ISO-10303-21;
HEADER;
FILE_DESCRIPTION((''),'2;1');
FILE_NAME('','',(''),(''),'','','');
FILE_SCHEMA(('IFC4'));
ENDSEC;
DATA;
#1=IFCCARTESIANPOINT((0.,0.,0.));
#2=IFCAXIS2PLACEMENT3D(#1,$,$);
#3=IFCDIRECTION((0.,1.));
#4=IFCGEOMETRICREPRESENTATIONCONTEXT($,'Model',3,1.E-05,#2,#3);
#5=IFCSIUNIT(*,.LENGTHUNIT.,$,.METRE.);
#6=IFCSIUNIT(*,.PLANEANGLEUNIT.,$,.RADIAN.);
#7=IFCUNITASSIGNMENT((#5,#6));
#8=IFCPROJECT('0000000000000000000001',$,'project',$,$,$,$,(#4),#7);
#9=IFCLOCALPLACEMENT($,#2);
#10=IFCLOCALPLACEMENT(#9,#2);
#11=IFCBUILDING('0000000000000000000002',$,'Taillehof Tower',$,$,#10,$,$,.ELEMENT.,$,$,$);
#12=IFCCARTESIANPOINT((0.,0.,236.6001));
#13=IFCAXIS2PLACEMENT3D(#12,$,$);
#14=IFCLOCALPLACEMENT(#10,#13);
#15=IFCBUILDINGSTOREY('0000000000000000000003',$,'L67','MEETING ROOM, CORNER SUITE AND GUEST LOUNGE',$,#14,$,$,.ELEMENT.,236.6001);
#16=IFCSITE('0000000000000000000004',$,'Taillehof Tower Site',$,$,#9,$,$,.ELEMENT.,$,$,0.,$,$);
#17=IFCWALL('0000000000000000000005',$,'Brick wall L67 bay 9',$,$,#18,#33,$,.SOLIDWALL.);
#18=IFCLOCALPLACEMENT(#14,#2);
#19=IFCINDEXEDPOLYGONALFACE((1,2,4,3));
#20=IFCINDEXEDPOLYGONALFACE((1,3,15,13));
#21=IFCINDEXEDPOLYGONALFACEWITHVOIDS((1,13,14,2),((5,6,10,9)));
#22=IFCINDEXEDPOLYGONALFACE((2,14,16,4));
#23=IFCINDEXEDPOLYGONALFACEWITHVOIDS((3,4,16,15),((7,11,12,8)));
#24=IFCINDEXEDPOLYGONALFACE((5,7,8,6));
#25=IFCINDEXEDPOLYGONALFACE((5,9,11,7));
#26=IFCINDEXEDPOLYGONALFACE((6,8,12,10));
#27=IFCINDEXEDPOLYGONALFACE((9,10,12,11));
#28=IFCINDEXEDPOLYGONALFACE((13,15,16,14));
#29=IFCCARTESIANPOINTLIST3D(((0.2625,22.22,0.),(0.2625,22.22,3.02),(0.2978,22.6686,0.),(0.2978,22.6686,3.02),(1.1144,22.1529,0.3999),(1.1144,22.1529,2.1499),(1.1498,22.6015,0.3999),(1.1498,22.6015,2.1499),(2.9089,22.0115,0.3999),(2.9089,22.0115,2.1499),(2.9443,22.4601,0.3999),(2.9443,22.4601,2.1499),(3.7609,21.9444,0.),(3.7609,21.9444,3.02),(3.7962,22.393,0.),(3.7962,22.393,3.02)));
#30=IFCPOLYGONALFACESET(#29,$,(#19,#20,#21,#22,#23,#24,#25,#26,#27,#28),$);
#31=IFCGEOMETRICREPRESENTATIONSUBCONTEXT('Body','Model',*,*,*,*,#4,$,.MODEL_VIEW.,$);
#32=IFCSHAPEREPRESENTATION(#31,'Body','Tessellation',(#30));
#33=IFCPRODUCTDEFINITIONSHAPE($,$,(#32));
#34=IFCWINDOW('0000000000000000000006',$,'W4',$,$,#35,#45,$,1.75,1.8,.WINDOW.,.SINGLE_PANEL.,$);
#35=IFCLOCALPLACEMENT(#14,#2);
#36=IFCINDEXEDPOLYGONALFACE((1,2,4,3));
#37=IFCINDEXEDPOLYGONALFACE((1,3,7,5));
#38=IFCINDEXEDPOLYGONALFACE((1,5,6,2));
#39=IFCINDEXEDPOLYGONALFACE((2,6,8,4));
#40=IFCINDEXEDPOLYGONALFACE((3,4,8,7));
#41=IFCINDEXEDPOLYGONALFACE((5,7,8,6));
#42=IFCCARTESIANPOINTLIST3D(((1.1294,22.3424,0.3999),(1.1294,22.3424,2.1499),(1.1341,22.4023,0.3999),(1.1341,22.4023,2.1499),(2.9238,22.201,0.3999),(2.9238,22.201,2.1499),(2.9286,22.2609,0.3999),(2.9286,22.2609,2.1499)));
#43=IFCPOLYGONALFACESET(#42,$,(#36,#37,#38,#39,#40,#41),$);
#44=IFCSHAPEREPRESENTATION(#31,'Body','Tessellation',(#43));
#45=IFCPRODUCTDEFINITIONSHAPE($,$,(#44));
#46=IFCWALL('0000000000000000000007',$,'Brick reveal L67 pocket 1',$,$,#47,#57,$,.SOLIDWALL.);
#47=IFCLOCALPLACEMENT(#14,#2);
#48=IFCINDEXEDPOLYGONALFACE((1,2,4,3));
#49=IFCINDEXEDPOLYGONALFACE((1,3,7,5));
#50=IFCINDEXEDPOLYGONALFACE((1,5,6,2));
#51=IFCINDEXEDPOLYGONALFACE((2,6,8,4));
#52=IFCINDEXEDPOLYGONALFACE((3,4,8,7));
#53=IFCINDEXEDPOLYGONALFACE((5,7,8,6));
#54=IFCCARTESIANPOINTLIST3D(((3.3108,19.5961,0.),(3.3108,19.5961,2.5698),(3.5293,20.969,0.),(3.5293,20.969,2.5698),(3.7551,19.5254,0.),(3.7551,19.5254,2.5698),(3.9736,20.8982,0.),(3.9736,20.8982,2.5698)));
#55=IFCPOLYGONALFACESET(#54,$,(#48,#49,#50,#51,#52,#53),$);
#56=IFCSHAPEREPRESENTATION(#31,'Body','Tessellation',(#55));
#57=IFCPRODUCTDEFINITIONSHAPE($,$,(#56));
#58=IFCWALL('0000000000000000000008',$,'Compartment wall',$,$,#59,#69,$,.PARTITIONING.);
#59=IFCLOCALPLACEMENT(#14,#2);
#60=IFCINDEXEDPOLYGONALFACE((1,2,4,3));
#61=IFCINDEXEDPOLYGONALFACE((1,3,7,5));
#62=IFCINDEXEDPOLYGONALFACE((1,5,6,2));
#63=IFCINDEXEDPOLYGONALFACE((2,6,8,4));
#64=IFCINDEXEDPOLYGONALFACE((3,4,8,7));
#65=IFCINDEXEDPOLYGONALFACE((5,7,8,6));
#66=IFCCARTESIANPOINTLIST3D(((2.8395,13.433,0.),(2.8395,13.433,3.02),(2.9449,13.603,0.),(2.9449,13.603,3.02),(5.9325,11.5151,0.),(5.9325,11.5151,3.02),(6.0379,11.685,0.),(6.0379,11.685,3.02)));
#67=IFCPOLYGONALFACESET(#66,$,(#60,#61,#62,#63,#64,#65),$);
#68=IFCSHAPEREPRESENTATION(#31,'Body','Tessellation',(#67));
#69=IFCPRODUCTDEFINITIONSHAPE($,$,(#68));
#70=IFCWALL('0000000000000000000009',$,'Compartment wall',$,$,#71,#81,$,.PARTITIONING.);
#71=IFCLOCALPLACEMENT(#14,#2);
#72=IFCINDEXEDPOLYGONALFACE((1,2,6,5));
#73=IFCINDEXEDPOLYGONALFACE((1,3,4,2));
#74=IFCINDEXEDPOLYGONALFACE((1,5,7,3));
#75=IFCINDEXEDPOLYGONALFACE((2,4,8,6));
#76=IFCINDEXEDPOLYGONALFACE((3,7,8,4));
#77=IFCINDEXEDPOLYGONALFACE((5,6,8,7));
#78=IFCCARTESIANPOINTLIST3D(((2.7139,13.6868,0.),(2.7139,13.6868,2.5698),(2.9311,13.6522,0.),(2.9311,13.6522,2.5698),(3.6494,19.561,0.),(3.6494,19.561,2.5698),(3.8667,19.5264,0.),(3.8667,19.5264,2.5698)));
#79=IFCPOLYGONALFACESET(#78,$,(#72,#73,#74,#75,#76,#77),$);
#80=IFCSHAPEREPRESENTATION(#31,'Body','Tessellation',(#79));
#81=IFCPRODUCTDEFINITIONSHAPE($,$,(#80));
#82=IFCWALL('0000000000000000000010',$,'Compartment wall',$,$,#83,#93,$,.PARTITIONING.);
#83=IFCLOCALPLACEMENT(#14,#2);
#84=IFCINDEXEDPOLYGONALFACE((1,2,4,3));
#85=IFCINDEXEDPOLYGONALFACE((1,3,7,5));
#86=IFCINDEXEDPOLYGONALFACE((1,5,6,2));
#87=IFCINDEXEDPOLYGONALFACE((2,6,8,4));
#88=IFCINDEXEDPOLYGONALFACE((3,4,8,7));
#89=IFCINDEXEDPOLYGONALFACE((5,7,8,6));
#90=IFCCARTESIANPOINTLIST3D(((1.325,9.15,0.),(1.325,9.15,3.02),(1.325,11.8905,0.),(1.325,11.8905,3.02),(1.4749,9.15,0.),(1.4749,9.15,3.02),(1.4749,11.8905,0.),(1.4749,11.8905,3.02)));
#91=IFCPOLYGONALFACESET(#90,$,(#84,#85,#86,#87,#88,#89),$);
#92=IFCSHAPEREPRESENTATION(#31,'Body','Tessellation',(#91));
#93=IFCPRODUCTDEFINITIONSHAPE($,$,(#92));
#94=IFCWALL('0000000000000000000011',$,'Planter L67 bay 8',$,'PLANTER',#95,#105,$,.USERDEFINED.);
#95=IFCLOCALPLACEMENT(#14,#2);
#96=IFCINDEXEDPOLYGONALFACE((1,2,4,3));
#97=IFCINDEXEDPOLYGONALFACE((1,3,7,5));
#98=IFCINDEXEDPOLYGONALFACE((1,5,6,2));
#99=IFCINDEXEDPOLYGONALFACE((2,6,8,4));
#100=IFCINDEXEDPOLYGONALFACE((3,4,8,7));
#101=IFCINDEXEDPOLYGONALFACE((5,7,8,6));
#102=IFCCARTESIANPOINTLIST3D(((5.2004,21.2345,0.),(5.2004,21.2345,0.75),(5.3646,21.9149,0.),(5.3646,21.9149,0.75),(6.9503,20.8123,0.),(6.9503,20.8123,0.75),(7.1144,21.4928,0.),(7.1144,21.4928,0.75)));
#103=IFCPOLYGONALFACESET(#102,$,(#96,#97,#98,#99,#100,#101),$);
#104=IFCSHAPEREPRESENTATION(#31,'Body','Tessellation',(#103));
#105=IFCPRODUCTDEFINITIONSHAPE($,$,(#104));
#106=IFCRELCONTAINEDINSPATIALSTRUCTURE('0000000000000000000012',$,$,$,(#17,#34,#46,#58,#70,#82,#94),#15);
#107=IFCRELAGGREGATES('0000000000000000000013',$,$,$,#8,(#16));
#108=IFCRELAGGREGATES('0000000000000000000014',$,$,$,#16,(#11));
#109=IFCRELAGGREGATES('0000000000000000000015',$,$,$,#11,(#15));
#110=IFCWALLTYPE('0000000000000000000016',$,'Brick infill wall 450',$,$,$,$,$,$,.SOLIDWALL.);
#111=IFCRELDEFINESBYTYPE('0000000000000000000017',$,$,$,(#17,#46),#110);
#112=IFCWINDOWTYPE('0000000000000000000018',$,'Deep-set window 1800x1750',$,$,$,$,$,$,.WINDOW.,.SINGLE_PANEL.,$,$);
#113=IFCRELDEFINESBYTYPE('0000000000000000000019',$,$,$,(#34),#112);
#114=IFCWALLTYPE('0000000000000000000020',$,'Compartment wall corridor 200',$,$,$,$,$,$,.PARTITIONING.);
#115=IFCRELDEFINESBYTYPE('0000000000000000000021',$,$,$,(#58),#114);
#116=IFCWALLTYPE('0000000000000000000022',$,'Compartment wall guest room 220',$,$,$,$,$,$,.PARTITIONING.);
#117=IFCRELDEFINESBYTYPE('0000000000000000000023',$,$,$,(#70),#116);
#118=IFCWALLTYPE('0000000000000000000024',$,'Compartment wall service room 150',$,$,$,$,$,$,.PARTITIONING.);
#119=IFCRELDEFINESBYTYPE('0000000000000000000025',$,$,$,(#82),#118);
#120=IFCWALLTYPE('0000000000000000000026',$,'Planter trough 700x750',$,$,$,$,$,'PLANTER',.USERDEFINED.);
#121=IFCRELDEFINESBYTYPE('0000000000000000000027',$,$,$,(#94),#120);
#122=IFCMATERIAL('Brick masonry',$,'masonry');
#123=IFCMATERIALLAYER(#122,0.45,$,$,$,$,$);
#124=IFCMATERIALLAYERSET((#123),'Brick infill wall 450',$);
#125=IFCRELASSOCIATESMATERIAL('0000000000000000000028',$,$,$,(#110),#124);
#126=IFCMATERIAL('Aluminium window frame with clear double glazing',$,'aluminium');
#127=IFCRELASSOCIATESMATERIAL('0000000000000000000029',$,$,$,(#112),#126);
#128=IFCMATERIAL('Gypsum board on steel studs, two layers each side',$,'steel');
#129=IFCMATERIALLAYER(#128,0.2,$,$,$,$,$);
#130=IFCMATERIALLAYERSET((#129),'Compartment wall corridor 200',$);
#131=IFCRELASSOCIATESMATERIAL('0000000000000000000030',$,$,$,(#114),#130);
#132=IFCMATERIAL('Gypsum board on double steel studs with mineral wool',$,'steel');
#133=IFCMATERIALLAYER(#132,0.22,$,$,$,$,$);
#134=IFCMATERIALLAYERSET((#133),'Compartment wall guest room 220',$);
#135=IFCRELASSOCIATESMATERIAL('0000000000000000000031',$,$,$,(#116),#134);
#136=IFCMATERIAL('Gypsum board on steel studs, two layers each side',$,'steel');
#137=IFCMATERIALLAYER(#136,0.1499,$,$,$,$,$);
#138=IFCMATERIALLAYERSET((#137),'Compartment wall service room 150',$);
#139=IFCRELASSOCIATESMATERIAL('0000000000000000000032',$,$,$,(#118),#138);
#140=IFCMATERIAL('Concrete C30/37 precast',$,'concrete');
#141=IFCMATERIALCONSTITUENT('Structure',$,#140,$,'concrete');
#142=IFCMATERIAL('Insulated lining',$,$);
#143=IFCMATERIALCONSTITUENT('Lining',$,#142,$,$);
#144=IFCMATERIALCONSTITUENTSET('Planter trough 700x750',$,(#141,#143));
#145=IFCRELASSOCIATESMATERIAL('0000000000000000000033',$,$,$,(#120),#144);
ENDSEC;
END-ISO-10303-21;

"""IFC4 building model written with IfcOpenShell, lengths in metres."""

from ifc_helpers import new_model, si_unit, direction, frame, frame_2d, origin, place, context, subcontext, project, spatial, rectangle, extrude, material, layer, layer_set, constituent, constituent_set, type_object, element, fill, save


model = new_model("IFC4")

# Units and contexts
model_context = context("Model", 3, precision=1e-05, world=origin(), true_north=direction((0.0, 1.0)))
body_context = subcontext(model_context, "Body", "Model", "MODEL_VIEW")
ifc_project = project(units=[si_unit("LENGTHUNIT", "METRE"), si_unit("PLANEANGLEUNIT", "RADIAN")], contexts=[model_context])

# Site, building, storey
site_placement = place(None, origin())
site = spatial("IfcSite", under=ifc_project, at=site_placement, Name="Taillehof Tower Site", CompositionType="ELEMENT", RefElevation=0.0)
building_placement = place(site_placement, origin())
building = spatial("IfcBuilding", under=site, at=building_placement, Name="Taillehof Tower", CompositionType="ELEMENT")
storey_placement = place(building_placement, frame((0.0, 0.0, 236.6001)))
storey = spatial("IfcBuildingStorey", under=building, at=storey_placement, Name="L67", Description="MEETING ROOM, CORNER SUITE AND GUEST LOUNGE", CompositionType="ELEMENT", Elevation=236.6001)

# Wall, opening, window
ifc_material_1 = material(Name="Brick masonry", Category="masonry")
ifc_layer_1 = layer(ifc_material_1, 0.45)
ifc_layer_set_1 = layer_set([ifc_layer_1], Name="Brick infill wall 450")
wall_type_1 = type_object("IfcWallType", Name="Brick infill wall 450", PredefinedType="SOLIDWALL", material=ifc_layer_set_1)
wall_1_placement = place(storey_placement, frame((3.7786, 22.1687, 0.0), z_axis=(0.0, 0.0, 1.0), x_axis=(-0.996911, 0.078542, 0.0)))
wall_1 = element("IfcWall", 1, at=wall_1_placement, inside=storey, type_object=wall_type_1, Name="Brick wall L67 bay 9", PredefinedType="SOLIDWALL", context=body_context, shape_type="SweptSolid", body=[
    extrude(rectangle(XDim=3.5093, YDim=0.45, at=frame_2d((1.7546, 0.0))), origin(), (0.0, 0.0, 1.0), 3.02),
])
opening_1_placement = place(wall_1_placement, frame((0.8547, 0.0, 0.3999)))
opening_1 = element("IfcOpeningElement", 2, at=opening_1_placement, cuts=wall_1, PredefinedType="OPENING", context=body_context, shape_type="SweptSolid", body=[
    extrude(rectangle(XDim=1.8, YDim=1.75, at=frame_2d((0.8999, 0.875))), frame((0.0, 0.2349, 0.0), z_axis=(0.0, -1.0, 0.0), x_axis=(1.0, 0.0, 0.0)), (0.0, 0.0, 1.0), 0.47),
])
ifc_material_2 = material(Name="Aluminium window frame with clear double glazing", Category="aluminium")
window_type_1 = type_object("IfcWindowType", Name="Deep-set window 1800x1750", PartitioningType="SINGLE_PANEL", PredefinedType="WINDOW", material=ifc_material_2)
window_1_placement = place(opening_1_placement, origin())
window_1 = element("IfcWindow", 3, at=window_1_placement, inside=storey, type_object=window_type_1, Name="W4", OverallHeight=1.75, OverallWidth=1.8, PartitioningType="SINGLE_PANEL", PredefinedType="WINDOW", context=body_context, shape_type="SweptSolid", body=[
    extrude(rectangle(XDim=1.8, YDim=1.75, at=frame_2d((0.8999, 0.875))), frame((0.0, 0.0349, 0.0), z_axis=(0.0, -1.0, 0.0), x_axis=(1.0, 0.0, 0.0)), (0.0, 0.0, 1.0), 0.0601),
])
fill(opening_1, window_1)

# Wall
wall_2_placement = place(storey_placement, frame((3.7515, 20.9336, 0.0), z_axis=(0.0, 0.0, 1.0), x_axis=(-0.157189, -0.987569, 0.0)))
element("IfcWall", 4, at=wall_2_placement, inside=storey, type_object=wall_type_1, Name="Brick reveal L67 pocket 1", PredefinedType="SOLIDWALL", context=body_context, shape_type="SweptSolid", body=[
    extrude(rectangle(XDim=1.3901, YDim=0.45, at=frame_2d((0.6951, 0.0))), origin(), (0.0, 0.0, 1.0), 2.5698),
])

# Walls
ifc_material_3 = material(Name="Gypsum board on steel studs, two layers each side", Category="steel")
ifc_layer_2 = layer(ifc_material_3, 0.2)
ifc_layer_set_2 = layer_set([ifc_layer_2], Name="Compartment wall corridor 200")
wall_type_2 = type_object("IfcWallType", Name="Compartment wall corridor 200", PredefinedType="PARTITIONING", material=ifc_layer_set_2)
wall_3_placement = place(storey_placement, frame((2.8921, 13.5181, 0.0), z_axis=(0.0, 0.0, 1.0), x_axis=(0.849866, -0.526999, 0.0)))
element("IfcWall", 5, at=wall_3_placement, inside=storey, type_object=wall_type_2, Name="Compartment wall", PredefinedType="PARTITIONING", context=body_context, shape_type="SweptSolid", body=[
    extrude(rectangle(XDim=3.6394, YDim=0.2, at=frame_2d((1.8198, 0.0))), origin(), (0.0, 0.0, 1.0), 3.02),
])
ifc_material_4 = material(Name="Gypsum board on double steel studs with mineral wool", Category="steel")
ifc_layer_3 = layer(ifc_material_4, 0.22)
ifc_layer_set_3 = layer_set([ifc_layer_3], Name="Compartment wall guest room 220")
wall_type_3 = type_object("IfcWallType", Name="Compartment wall guest room 220", PredefinedType="PARTITIONING", material=ifc_layer_set_3)
wall_4_placement = place(storey_placement, frame((3.7581, 19.5437, 0.0), z_axis=(0.0, 0.0, 1.0), x_axis=(-0.15728, -0.987554, 0.0)))
element("IfcWall", 6, at=wall_4_placement, inside=storey, type_object=wall_type_3, Name="Compartment wall", PredefinedType="PARTITIONING", context=body_context, shape_type="SweptSolid", body=[
    extrude(rectangle(XDim=5.9482, YDim=0.22, at=frame_2d((2.9741, 0.0))), origin(), (0.0, 0.0, 1.0), 2.5698),
])
ifc_material_5 = material(Name="Gypsum board on steel studs, two layers each side", Category="steel")
ifc_layer_4 = layer(ifc_material_5, 0.1499)
ifc_layer_set_4 = layer_set([ifc_layer_4], Name="Compartment wall service room 150")
wall_type_4 = type_object("IfcWallType", Name="Compartment wall service room 150", PredefinedType="PARTITIONING", material=ifc_layer_set_4)
wall_5_placement = place(storey_placement, frame((1.3999, 11.8904, 0.0), z_axis=(0.0, 0.0, 1.0), x_axis=(0.0, -1.0, 0.0)))
element("IfcWall", 7, at=wall_5_placement, inside=storey, type_object=wall_type_4, Name="Compartment wall", PredefinedType="PARTITIONING", context=body_context, shape_type="SweptSolid", body=[
    extrude(rectangle(XDim=2.7405, YDim=0.1499, at=frame_2d((1.3701, 0.0))), origin(), (0.0, 0.0, 1.0), 3.02),
])
ifc_material_6 = material(Name="Concrete C30/37 precast", Category="concrete")
ifc_constituent_1 = constituent(ifc_material_6, Name="Structure", Category="concrete")
ifc_material_7 = material(Name="Insulated lining")
ifc_constituent_2 = constituent(ifc_material_7, Name="Lining")
ifc_constituent_set = constituent_set(constituents=[ifc_constituent_1, ifc_constituent_2], Name="Planter trough 700x750")
wall_type_5 = type_object("IfcWallType", Name="Planter trough 700x750", ElementType="PLANTER", PredefinedType="USERDEFINED", material=ifc_constituent_set)
wall_6_placement = place(storey_placement, frame((7.0322, 21.1526, 0.0), z_axis=(0.0, 0.0, 1.0), x_axis=(-0.972112, 0.234517, 0.0)))
element("IfcWall", 8, at=wall_6_placement, inside=storey, type_object=wall_type_5, Name="Planter L67 bay 8", ObjectType="PLANTER", PredefinedType="USERDEFINED", context=body_context, shape_type="SweptSolid", body=[
    extrude(rectangle(XDim=1.8, YDim=0.7, at=frame_2d((0.8999, 0.0))), origin(), (0.0, 0.0, 1.0), 0.75),
])

save(model, "model.ifc")
